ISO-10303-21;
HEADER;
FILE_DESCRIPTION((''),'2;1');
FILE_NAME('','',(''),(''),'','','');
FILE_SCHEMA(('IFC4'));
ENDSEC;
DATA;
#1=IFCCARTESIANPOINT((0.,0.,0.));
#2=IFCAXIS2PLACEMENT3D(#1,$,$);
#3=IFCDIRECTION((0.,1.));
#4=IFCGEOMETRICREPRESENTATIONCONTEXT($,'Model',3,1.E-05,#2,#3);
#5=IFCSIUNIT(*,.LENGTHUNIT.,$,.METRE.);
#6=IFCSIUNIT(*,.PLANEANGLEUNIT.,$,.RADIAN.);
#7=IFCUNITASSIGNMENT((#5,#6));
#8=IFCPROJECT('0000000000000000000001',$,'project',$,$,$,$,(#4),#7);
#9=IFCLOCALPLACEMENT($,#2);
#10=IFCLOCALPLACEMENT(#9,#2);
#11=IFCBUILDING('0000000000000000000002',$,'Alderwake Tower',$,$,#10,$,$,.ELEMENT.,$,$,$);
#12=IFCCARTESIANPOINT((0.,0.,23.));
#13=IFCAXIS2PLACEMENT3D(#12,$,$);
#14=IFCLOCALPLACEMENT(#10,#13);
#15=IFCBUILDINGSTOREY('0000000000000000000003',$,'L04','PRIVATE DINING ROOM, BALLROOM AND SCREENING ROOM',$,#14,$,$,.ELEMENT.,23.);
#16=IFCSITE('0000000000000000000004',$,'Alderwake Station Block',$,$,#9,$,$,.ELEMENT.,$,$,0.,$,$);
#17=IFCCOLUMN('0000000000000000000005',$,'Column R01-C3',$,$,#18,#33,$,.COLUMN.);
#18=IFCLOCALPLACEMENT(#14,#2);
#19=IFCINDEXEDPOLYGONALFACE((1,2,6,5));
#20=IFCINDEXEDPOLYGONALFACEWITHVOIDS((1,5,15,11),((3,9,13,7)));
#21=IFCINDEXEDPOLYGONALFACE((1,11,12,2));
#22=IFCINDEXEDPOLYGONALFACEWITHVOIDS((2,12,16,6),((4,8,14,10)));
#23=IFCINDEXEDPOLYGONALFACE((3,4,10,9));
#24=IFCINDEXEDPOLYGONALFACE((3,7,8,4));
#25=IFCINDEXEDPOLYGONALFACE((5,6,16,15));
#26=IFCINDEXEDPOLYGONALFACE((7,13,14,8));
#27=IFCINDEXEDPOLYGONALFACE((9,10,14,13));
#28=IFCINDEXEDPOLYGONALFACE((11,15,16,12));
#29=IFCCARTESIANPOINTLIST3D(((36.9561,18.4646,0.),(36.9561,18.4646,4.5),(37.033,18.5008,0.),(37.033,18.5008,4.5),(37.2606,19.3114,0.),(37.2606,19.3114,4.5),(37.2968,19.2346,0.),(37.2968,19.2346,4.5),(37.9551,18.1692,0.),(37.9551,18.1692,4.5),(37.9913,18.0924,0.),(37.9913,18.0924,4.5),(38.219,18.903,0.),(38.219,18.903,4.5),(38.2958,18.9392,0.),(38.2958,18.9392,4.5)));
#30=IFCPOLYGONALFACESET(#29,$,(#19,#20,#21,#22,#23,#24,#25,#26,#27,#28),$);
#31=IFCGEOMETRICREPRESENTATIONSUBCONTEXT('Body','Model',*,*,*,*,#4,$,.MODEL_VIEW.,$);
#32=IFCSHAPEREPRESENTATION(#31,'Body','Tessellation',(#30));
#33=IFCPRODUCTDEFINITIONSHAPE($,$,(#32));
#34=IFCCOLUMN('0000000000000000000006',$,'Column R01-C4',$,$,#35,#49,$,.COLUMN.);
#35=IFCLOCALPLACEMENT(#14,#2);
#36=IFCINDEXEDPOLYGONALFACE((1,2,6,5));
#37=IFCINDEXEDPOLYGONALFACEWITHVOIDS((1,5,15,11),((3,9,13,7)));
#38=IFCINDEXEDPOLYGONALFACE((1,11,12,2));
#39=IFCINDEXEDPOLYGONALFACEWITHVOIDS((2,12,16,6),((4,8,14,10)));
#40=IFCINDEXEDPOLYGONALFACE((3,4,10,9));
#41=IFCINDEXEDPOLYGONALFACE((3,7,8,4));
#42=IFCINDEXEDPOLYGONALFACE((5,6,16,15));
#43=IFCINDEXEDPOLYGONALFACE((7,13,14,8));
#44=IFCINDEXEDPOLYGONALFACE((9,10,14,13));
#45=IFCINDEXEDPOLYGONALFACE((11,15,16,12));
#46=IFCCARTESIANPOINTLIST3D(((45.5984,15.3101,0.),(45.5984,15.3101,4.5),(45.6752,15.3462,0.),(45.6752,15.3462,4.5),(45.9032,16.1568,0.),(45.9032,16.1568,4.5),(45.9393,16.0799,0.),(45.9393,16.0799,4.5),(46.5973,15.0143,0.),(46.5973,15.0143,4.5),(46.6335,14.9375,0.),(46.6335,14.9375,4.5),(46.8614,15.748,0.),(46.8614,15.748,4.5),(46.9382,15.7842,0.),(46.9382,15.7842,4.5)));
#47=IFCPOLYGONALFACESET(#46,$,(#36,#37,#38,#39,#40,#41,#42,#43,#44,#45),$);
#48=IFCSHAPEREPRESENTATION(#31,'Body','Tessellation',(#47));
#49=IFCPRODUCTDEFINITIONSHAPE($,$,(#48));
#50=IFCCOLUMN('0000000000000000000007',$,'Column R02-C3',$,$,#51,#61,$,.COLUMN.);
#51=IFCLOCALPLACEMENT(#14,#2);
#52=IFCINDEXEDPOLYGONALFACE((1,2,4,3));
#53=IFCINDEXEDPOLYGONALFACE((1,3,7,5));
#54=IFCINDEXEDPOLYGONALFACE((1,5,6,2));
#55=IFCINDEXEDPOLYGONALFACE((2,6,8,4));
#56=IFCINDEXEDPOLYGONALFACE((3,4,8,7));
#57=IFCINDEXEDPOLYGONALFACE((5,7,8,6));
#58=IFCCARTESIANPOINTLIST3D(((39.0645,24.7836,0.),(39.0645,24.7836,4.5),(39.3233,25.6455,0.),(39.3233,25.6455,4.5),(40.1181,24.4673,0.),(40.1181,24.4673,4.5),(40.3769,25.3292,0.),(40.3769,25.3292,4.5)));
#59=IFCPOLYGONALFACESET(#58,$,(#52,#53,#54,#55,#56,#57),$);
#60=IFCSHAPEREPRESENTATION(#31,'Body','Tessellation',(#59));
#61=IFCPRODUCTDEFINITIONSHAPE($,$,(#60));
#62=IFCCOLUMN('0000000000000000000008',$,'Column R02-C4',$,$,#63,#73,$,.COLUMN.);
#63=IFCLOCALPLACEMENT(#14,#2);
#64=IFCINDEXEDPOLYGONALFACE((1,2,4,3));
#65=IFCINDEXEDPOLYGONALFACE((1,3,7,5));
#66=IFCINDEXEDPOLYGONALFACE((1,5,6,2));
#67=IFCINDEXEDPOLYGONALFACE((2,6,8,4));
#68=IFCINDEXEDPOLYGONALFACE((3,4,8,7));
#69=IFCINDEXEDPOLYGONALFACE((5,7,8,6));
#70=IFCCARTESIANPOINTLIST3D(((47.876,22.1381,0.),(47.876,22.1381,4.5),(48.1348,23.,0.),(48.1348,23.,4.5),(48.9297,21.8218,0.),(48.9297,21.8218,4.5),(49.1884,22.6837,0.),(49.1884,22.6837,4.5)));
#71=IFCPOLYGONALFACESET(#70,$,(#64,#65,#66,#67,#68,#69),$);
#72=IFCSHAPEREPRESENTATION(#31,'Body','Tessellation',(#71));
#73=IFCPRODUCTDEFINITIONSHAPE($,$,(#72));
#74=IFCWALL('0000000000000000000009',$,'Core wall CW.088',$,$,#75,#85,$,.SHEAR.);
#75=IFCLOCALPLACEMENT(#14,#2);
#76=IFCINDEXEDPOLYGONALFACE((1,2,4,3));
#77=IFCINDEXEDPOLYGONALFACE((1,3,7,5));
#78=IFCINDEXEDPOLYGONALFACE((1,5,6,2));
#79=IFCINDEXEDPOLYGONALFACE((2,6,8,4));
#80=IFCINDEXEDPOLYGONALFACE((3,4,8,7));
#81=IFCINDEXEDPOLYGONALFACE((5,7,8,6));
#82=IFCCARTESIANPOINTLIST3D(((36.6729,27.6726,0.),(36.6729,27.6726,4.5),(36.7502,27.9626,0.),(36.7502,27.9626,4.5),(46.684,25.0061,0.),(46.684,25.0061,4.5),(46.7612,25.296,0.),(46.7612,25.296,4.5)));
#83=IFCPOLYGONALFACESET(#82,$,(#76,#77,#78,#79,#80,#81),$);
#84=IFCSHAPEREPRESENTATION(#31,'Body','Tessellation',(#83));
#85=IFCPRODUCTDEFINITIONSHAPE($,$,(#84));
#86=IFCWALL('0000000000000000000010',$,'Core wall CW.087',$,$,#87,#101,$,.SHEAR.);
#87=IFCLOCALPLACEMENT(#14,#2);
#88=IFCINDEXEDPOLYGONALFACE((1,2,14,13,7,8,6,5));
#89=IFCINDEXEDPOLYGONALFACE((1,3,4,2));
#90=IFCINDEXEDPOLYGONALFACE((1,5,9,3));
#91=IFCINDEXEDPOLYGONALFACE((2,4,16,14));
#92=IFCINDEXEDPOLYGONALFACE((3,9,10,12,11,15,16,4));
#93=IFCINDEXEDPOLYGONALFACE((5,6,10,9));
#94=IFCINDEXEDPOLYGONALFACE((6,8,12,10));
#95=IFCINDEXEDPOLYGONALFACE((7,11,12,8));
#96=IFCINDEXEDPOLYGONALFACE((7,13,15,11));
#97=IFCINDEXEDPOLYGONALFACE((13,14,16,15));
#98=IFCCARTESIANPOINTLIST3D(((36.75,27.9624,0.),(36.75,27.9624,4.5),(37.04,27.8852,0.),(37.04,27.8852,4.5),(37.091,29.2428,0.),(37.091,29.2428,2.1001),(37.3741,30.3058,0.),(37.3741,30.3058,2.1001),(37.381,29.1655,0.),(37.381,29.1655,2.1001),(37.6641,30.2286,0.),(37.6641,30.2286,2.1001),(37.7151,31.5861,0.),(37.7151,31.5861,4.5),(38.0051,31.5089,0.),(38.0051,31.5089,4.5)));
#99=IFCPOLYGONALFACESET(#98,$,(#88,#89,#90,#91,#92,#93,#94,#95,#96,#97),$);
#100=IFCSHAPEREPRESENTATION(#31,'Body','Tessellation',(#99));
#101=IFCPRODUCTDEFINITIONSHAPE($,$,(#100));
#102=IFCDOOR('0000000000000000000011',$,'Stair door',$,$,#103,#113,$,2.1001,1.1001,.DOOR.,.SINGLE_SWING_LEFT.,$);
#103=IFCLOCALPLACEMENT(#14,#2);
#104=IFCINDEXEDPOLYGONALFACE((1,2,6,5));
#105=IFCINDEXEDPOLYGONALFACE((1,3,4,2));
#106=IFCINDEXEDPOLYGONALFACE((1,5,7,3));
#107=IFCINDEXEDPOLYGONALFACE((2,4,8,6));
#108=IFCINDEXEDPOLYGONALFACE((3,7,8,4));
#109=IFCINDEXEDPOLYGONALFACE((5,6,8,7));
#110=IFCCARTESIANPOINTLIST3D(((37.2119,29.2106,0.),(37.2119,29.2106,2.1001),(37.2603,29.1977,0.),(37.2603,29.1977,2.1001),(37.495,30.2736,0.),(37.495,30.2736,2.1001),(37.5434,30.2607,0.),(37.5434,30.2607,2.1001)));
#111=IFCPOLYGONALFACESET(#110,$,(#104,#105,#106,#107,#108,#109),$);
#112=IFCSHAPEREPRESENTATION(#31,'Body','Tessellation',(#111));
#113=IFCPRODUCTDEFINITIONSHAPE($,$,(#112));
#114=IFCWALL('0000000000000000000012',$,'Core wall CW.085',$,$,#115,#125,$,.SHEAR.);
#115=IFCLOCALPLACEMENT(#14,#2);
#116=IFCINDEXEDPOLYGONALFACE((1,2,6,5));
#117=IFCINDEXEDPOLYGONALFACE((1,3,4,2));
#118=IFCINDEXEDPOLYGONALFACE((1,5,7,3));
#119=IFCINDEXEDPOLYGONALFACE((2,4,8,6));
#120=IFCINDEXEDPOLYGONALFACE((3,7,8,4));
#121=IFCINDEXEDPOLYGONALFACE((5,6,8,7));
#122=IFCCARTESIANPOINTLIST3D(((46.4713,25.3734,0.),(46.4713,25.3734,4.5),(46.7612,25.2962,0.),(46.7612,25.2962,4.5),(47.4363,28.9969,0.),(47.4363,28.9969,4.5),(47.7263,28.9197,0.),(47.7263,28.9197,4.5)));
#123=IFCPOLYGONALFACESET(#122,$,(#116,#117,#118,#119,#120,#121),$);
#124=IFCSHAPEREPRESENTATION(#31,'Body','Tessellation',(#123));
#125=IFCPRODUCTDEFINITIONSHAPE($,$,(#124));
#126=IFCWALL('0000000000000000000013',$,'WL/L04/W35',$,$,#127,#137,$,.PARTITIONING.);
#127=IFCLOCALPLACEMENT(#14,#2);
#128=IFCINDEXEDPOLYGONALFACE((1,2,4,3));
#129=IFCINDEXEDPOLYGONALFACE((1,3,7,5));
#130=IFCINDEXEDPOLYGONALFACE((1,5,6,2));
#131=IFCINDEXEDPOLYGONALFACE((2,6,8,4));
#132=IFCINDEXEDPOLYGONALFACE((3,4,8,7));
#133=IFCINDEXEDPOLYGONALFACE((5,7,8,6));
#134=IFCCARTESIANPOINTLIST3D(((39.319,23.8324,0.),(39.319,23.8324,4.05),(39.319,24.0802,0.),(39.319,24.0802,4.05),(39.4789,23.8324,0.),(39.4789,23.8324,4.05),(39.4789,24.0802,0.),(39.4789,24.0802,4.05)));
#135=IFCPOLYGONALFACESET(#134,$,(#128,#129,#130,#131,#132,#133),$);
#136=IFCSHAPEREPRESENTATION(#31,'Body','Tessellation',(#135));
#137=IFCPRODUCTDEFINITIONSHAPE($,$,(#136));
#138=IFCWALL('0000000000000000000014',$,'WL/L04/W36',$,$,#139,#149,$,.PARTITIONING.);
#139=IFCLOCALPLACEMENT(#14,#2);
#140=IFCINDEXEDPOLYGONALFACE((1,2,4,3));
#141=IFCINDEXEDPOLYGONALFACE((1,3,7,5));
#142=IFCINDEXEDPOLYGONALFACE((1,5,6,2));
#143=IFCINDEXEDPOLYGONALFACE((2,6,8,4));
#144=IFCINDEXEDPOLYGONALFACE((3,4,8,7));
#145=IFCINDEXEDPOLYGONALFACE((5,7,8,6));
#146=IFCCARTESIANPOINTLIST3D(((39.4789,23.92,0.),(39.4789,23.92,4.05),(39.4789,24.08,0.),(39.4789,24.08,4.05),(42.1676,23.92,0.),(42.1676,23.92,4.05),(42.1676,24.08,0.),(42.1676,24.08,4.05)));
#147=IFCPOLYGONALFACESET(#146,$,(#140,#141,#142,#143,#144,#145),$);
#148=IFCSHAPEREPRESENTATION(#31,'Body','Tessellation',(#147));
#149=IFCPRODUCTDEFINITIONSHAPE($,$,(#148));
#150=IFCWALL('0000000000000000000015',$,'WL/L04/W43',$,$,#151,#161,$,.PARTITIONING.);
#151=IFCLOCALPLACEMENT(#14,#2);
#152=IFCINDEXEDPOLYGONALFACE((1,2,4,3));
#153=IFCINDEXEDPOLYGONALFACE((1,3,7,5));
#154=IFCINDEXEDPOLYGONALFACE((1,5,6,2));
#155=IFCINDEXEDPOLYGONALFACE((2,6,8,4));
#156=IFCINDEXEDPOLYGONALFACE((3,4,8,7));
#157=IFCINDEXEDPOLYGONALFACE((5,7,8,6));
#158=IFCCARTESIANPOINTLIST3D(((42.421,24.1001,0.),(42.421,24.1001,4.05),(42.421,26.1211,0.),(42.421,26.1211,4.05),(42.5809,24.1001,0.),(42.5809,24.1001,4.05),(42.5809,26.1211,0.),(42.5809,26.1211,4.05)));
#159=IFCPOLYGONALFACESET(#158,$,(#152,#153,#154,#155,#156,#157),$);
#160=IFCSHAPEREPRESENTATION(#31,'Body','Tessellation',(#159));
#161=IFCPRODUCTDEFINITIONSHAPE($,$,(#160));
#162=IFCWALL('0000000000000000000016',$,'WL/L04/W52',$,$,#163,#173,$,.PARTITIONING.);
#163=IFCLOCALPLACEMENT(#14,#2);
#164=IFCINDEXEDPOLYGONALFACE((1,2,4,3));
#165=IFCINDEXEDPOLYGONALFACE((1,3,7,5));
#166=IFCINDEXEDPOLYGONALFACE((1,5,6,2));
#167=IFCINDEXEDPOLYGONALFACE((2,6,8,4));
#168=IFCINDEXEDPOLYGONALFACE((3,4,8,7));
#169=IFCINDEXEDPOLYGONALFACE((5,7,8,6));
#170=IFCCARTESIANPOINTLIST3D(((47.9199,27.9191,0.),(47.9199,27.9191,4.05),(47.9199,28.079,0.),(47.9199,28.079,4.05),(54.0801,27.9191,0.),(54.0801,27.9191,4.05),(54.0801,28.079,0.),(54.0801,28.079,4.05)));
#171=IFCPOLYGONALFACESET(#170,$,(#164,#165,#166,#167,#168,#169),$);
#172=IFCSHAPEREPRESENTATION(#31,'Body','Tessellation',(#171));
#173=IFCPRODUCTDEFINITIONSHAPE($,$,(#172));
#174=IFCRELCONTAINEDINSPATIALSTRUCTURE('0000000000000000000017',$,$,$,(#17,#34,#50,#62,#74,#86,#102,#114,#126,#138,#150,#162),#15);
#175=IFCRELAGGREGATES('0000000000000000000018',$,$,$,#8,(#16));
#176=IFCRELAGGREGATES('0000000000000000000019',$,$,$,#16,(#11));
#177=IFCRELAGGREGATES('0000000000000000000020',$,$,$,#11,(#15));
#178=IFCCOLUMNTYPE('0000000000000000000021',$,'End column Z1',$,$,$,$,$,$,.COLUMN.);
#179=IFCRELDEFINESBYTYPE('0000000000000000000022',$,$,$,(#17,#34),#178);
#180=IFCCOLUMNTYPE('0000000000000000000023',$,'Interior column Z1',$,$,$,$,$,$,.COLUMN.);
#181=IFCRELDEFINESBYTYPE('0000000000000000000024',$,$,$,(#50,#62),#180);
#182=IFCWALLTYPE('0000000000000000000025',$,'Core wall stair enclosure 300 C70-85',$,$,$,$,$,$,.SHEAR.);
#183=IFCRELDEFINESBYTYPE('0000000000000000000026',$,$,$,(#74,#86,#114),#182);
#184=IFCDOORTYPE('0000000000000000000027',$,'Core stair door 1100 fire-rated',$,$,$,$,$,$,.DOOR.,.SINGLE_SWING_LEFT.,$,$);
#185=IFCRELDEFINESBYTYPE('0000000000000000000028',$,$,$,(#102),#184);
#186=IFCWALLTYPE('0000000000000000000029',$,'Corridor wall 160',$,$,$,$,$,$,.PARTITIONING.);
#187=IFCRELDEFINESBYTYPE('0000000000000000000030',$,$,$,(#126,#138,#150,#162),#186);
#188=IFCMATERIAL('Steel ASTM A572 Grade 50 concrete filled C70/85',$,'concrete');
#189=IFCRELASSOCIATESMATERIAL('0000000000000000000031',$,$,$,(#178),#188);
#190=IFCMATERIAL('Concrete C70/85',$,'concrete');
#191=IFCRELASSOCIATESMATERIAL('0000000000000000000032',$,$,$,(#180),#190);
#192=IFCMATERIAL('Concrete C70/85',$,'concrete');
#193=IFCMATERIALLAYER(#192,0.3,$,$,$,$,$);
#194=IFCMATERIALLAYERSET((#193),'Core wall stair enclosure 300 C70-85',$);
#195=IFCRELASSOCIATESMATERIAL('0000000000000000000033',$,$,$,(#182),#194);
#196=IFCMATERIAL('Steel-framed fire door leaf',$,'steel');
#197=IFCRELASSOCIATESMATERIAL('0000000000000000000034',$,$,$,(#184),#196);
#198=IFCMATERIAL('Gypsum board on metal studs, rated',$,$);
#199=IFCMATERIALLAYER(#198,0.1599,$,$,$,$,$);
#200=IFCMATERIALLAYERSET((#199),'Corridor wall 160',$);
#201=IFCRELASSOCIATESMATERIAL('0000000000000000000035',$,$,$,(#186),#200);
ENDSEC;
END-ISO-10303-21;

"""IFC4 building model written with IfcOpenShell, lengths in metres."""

from ifc_helpers import new_model, si_unit, direction, frame, frame_2d, origin, origin_2d, place, context, subcontext, project, spatial, rectangle, hollow_rectangle, extrude, material, layer, layer_set, material_profile, profile_set, type_object, element, fill, save


model = new_model("IFC4")

# Units and contexts
model_context = context("Model", 3, precision=1e-05, world=origin(), true_north=direction((0.0, 1.0)))
body_context = subcontext(model_context, "Body", "Model", "MODEL_VIEW")
ifc_project = project(units=[si_unit("LENGTHUNIT", "METRE"), si_unit("PLANEANGLEUNIT", "RADIAN")], contexts=[model_context])

# Site, building, storey
site_placement = place(None, origin())
site = spatial("IfcSite", under=ifc_project, at=site_placement, Name="Alderwake Station Block", CompositionType="ELEMENT", RefElevation=0.0)
building_placement = place(site_placement, origin())
building = spatial("IfcBuilding", under=site, at=building_placement, Name="Alderwake Tower", CompositionType="ELEMENT")
storey_placement = place(building_placement, frame((0.0, 0.0, 23.0)))
storey = spatial("IfcBuildingStorey", under=building, at=storey_placement, Name="L04", Description="PRIVATE DINING ROOM, BALLROOM AND SCREENING ROOM", CompositionType="ELEMENT", Elevation=23.0)

# Columns
ifc_material_1 = material(Name="Steel ASTM A572 Grade 50 concrete filled C70/85", Category="concrete")
ifc_material_profile_1 = material_profile(ifc_material_1, hollow_rectangle(XDim=0.8999, YDim=1.1001, WallThickness=0.0601, at=origin_2d()), Name="BOX 1100X900X60")
ifc_profile_set_1 = profile_set([ifc_material_profile_1], Name="Steel ASTM A572 Grade 50 concrete filled C70/85")
column_type_1 = type_object("IfcColumnType", Name="End column Z1", PredefinedType="COLUMN", material=ifc_profile_set_1)
for number, where, z_axis, x_axis, name in (
    (1, (37.626, 18.7019, 0.0), (0.0, 0.0, 1.0), (0.338385, 0.941008, 0.0), "Column R01-C3"),
    (2, (46.2683, 15.5471, 0.0), (0.0, 0.0, 1.0), (0.338695, 0.940896, 0.0), "Column R01-C4"),
):
    element("IfcColumn", number, at=place(storey_placement, frame(where, z_axis=z_axis, x_axis=x_axis)), inside=storey, type_object=column_type_1, Name=name, PredefinedType="COLUMN", context=body_context, shape_type="SweptSolid", body=[
        extrude(hollow_rectangle(XDim=0.8999, YDim=1.1001, WallThickness=0.0601, at=origin_2d()), origin(), (0.0, 0.0, 1.0), 4.5),
    ])
ifc_material_2 = material(Name="Concrete C70/85", Category="concrete")
ifc_material_profile_2 = material_profile(ifc_material_2, rectangle(XDim=0.8999, YDim=1.1001, at=origin_2d()), Name="RC 1100X900")
ifc_profile_set_2 = profile_set([ifc_material_profile_2], Name="Concrete C70/85")
column_type_2 = type_object("IfcColumnType", Name="Interior column Z1", PredefinedType="COLUMN", material=ifc_profile_set_2)
for number, where, z_axis, x_axis, name in (
    (3, (39.7207, 25.0564, 0.0), (0.0, 0.0, 1.0), (0.287549, 0.957766, 0.0), "Column R02-C3"),
    (4, (48.5322, 22.4109, 0.0), (0.0, 0.0, 1.0), (0.287549, 0.957766, 0.0), "Column R02-C4"),
):
    element("IfcColumn", number, at=place(storey_placement, frame(where, z_axis=z_axis, x_axis=x_axis)), inside=storey, type_object=column_type_2, Name=name, PredefinedType="COLUMN", context=body_context, shape_type="SweptSolid", body=[
        extrude(rectangle(XDim=0.8999, YDim=1.1001, at=origin_2d()), origin(), (0.0, 0.0, 1.0), 4.5),
    ])

# Wall
ifc_material_3 = material(Name="Concrete C70/85", Category="concrete")
ifc_layer_1 = layer(ifc_material_3, 0.3)
ifc_layer_set_1 = layer_set([ifc_layer_1], Name="Core wall stair enclosure 300 C70-85")
wall_type_1 = type_object("IfcWallType", Name="Core wall stair enclosure 300 C70-85", PredefinedType="SHEAR", material=ifc_layer_set_1)
wall_1_placement = place(storey_placement, frame((36.7114, 27.8176, 0.0), z_axis=(0.0, 0.0, 1.0), x_axis=(0.966309, -0.257384, 0.0)))
element("IfcWall", 5, at=wall_1_placement, inside=storey, type_object=wall_type_1, Name="Core wall CW.088", PredefinedType="SHEAR", context=body_context, shape_type="SweptSolid", body=[
    extrude(rectangle(XDim=10.3601, YDim=0.3, at=frame_2d((5.1802, 0.0))), origin(), (0.0, 0.0, 1.0), 4.5),
])

# Wall, opening, door
wall_2_placement = place(storey_placement, frame((36.895, 27.9238, 0.0), z_axis=(0.0, 0.0, 1.0), x_axis=(0.257351, 0.966318, 0.0)))
wall_2 = element("IfcWall", 6, at=wall_2_placement, inside=storey, type_object=wall_type_1, Name="Core wall CW.087", PredefinedType="SHEAR", context=body_context, shape_type="SweptSolid", body=[
    extrude(rectangle(XDim=3.75, YDim=0.3, at=frame_2d((1.875, 0.0))), origin(), (0.0, 0.0, 1.0), 4.5),
])
opening_1_placement = place(wall_2_placement, frame((1.325, 0.0, 0.0)))
opening_1 = element("IfcOpeningElement", 7, at=opening_1_placement, cuts=wall_2, PredefinedType="OPENING", context=body_context, shape_type="SweptSolid", body=[
    extrude(rectangle(XDim=1.1001, YDim=2.1001, at=frame_2d((0.55, 1.05))), frame((0.0, 0.1599, 0.0), z_axis=(0.0, -1.0, 0.0), x_axis=(1.0, 0.0, 0.0)), (0.0, 0.0, 1.0), 0.3201),
])
ifc_material_4 = material(Name="Steel-framed fire door leaf", Category="steel")
door_type_1 = type_object("IfcDoorType", Name="Core stair door 1100 fire-rated", OperationType="SINGLE_SWING_LEFT", PredefinedType="DOOR", material=ifc_material_4)
door_1_placement = place(opening_1_placement, origin())
door_1 = element("IfcDoor", 8, at=door_1_placement, inside=storey, type_object=door_type_1, Name="Stair door", OperationType="SINGLE_SWING_LEFT", OverallHeight=2.1001, OverallWidth=1.1001, PredefinedType="DOOR", context=body_context, shape_type="SweptSolid", body=[
    extrude(rectangle(XDim=1.1001, YDim=2.1001, at=frame_2d((0.55, 1.05))), frame((0.0, 0.0249, 0.0), z_axis=(0.0, -1.0, 0.0), x_axis=(1.0, 0.0, 0.0)), (0.0, 0.0, 1.0), 0.05),
])
fill(opening_1, door_1)

# Walls
wall_3_placement = place(storey_placement, frame((46.6162, 25.3347, 0.0), z_axis=(0.0, 0.0, 1.0), x_axis=(0.257367, 0.966314, 0.0)))
element("IfcWall", 9, at=wall_3_placement, inside=storey, type_object=wall_type_1, Name="Core wall CW.085", PredefinedType="SHEAR", context=body_context, shape_type="SweptSolid", body=[
    extrude(rectangle(XDim=3.7498, YDim=0.3, at=frame_2d((1.875, 0.0))), origin(), (0.0, 0.0, 1.0), 4.5),
])
ifc_material_5 = material(Name="Gypsum board on metal studs, rated")
ifc_layer_2 = layer(ifc_material_5, 0.1599)
ifc_layer_set_2 = layer_set([ifc_layer_2], Name="Corridor wall 160")
wall_type_2 = type_object("IfcWallType", Name="Corridor wall 160", PredefinedType="PARTITIONING", material=ifc_layer_set_2)
wall_4_placement = place(storey_placement, frame((39.3989, 23.8323, 0.0), z_axis=(0.0, 0.0, 1.0), x_axis=(0.0, 1.0, 0.0)))
element("IfcWall", 10, at=wall_4_placement, inside=storey, type_object=wall_type_2, Name="WL/L04/W35", PredefinedType="PARTITIONING", context=body_context, shape_type="SweptSolid", body=[
    extrude(rectangle(XDim=0.2478, YDim=0.1599, at=frame_2d((0.124, 0.0))), origin(), (0.0, 0.0, 1.0), 4.05),
])
wall_5_placement = place(storey_placement, frame((39.479, 24.0, 0.0), z_axis=(0.0, 0.0, 1.0), x_axis=(1.0, 0.0, 0.0)))
element("IfcWall", 11, at=wall_5_placement, inside=storey, type_object=wall_type_2, Name="WL/L04/W36", PredefinedType="PARTITIONING", context=body_context, shape_type="SweptSolid", body=[
    extrude(rectangle(XDim=2.6887, YDim=0.1599, at=frame_2d((1.3442, 0.0))), origin(), (0.0, 0.0, 1.0), 4.05),
])
wall_6_placement = place(storey_placement, frame((42.501, 24.1001, 0.0), z_axis=(0.0, 0.0, 1.0), x_axis=(0.0, 1.0, 0.0)))
element("IfcWall", 12, at=wall_6_placement, inside=storey, type_object=wall_type_2, Name="WL/L04/W43", PredefinedType="PARTITIONING", context=body_context, shape_type="SweptSolid", body=[
    extrude(rectangle(XDim=2.021, YDim=0.1599, at=frame_2d((1.0105, 0.0))), origin(), (0.0, 0.0, 1.0), 4.05),
])
wall_7_placement = place(storey_placement, frame((47.9199, 27.999, 0.0), z_axis=(0.0, 0.0, 1.0), x_axis=(1.0, 0.0, 0.0)))
element("IfcWall", 13, at=wall_7_placement, inside=storey, type_object=wall_type_2, Name="WL/L04/W52", PredefinedType="PARTITIONING", context=body_context, shape_type="SweptSolid", body=[
    extrude(rectangle(XDim=6.1602, YDim=0.1599, at=frame_2d((3.0801, 0.0))), origin(), (0.0, 0.0, 1.0), 4.05),
])

save(model, "model.ifc")
